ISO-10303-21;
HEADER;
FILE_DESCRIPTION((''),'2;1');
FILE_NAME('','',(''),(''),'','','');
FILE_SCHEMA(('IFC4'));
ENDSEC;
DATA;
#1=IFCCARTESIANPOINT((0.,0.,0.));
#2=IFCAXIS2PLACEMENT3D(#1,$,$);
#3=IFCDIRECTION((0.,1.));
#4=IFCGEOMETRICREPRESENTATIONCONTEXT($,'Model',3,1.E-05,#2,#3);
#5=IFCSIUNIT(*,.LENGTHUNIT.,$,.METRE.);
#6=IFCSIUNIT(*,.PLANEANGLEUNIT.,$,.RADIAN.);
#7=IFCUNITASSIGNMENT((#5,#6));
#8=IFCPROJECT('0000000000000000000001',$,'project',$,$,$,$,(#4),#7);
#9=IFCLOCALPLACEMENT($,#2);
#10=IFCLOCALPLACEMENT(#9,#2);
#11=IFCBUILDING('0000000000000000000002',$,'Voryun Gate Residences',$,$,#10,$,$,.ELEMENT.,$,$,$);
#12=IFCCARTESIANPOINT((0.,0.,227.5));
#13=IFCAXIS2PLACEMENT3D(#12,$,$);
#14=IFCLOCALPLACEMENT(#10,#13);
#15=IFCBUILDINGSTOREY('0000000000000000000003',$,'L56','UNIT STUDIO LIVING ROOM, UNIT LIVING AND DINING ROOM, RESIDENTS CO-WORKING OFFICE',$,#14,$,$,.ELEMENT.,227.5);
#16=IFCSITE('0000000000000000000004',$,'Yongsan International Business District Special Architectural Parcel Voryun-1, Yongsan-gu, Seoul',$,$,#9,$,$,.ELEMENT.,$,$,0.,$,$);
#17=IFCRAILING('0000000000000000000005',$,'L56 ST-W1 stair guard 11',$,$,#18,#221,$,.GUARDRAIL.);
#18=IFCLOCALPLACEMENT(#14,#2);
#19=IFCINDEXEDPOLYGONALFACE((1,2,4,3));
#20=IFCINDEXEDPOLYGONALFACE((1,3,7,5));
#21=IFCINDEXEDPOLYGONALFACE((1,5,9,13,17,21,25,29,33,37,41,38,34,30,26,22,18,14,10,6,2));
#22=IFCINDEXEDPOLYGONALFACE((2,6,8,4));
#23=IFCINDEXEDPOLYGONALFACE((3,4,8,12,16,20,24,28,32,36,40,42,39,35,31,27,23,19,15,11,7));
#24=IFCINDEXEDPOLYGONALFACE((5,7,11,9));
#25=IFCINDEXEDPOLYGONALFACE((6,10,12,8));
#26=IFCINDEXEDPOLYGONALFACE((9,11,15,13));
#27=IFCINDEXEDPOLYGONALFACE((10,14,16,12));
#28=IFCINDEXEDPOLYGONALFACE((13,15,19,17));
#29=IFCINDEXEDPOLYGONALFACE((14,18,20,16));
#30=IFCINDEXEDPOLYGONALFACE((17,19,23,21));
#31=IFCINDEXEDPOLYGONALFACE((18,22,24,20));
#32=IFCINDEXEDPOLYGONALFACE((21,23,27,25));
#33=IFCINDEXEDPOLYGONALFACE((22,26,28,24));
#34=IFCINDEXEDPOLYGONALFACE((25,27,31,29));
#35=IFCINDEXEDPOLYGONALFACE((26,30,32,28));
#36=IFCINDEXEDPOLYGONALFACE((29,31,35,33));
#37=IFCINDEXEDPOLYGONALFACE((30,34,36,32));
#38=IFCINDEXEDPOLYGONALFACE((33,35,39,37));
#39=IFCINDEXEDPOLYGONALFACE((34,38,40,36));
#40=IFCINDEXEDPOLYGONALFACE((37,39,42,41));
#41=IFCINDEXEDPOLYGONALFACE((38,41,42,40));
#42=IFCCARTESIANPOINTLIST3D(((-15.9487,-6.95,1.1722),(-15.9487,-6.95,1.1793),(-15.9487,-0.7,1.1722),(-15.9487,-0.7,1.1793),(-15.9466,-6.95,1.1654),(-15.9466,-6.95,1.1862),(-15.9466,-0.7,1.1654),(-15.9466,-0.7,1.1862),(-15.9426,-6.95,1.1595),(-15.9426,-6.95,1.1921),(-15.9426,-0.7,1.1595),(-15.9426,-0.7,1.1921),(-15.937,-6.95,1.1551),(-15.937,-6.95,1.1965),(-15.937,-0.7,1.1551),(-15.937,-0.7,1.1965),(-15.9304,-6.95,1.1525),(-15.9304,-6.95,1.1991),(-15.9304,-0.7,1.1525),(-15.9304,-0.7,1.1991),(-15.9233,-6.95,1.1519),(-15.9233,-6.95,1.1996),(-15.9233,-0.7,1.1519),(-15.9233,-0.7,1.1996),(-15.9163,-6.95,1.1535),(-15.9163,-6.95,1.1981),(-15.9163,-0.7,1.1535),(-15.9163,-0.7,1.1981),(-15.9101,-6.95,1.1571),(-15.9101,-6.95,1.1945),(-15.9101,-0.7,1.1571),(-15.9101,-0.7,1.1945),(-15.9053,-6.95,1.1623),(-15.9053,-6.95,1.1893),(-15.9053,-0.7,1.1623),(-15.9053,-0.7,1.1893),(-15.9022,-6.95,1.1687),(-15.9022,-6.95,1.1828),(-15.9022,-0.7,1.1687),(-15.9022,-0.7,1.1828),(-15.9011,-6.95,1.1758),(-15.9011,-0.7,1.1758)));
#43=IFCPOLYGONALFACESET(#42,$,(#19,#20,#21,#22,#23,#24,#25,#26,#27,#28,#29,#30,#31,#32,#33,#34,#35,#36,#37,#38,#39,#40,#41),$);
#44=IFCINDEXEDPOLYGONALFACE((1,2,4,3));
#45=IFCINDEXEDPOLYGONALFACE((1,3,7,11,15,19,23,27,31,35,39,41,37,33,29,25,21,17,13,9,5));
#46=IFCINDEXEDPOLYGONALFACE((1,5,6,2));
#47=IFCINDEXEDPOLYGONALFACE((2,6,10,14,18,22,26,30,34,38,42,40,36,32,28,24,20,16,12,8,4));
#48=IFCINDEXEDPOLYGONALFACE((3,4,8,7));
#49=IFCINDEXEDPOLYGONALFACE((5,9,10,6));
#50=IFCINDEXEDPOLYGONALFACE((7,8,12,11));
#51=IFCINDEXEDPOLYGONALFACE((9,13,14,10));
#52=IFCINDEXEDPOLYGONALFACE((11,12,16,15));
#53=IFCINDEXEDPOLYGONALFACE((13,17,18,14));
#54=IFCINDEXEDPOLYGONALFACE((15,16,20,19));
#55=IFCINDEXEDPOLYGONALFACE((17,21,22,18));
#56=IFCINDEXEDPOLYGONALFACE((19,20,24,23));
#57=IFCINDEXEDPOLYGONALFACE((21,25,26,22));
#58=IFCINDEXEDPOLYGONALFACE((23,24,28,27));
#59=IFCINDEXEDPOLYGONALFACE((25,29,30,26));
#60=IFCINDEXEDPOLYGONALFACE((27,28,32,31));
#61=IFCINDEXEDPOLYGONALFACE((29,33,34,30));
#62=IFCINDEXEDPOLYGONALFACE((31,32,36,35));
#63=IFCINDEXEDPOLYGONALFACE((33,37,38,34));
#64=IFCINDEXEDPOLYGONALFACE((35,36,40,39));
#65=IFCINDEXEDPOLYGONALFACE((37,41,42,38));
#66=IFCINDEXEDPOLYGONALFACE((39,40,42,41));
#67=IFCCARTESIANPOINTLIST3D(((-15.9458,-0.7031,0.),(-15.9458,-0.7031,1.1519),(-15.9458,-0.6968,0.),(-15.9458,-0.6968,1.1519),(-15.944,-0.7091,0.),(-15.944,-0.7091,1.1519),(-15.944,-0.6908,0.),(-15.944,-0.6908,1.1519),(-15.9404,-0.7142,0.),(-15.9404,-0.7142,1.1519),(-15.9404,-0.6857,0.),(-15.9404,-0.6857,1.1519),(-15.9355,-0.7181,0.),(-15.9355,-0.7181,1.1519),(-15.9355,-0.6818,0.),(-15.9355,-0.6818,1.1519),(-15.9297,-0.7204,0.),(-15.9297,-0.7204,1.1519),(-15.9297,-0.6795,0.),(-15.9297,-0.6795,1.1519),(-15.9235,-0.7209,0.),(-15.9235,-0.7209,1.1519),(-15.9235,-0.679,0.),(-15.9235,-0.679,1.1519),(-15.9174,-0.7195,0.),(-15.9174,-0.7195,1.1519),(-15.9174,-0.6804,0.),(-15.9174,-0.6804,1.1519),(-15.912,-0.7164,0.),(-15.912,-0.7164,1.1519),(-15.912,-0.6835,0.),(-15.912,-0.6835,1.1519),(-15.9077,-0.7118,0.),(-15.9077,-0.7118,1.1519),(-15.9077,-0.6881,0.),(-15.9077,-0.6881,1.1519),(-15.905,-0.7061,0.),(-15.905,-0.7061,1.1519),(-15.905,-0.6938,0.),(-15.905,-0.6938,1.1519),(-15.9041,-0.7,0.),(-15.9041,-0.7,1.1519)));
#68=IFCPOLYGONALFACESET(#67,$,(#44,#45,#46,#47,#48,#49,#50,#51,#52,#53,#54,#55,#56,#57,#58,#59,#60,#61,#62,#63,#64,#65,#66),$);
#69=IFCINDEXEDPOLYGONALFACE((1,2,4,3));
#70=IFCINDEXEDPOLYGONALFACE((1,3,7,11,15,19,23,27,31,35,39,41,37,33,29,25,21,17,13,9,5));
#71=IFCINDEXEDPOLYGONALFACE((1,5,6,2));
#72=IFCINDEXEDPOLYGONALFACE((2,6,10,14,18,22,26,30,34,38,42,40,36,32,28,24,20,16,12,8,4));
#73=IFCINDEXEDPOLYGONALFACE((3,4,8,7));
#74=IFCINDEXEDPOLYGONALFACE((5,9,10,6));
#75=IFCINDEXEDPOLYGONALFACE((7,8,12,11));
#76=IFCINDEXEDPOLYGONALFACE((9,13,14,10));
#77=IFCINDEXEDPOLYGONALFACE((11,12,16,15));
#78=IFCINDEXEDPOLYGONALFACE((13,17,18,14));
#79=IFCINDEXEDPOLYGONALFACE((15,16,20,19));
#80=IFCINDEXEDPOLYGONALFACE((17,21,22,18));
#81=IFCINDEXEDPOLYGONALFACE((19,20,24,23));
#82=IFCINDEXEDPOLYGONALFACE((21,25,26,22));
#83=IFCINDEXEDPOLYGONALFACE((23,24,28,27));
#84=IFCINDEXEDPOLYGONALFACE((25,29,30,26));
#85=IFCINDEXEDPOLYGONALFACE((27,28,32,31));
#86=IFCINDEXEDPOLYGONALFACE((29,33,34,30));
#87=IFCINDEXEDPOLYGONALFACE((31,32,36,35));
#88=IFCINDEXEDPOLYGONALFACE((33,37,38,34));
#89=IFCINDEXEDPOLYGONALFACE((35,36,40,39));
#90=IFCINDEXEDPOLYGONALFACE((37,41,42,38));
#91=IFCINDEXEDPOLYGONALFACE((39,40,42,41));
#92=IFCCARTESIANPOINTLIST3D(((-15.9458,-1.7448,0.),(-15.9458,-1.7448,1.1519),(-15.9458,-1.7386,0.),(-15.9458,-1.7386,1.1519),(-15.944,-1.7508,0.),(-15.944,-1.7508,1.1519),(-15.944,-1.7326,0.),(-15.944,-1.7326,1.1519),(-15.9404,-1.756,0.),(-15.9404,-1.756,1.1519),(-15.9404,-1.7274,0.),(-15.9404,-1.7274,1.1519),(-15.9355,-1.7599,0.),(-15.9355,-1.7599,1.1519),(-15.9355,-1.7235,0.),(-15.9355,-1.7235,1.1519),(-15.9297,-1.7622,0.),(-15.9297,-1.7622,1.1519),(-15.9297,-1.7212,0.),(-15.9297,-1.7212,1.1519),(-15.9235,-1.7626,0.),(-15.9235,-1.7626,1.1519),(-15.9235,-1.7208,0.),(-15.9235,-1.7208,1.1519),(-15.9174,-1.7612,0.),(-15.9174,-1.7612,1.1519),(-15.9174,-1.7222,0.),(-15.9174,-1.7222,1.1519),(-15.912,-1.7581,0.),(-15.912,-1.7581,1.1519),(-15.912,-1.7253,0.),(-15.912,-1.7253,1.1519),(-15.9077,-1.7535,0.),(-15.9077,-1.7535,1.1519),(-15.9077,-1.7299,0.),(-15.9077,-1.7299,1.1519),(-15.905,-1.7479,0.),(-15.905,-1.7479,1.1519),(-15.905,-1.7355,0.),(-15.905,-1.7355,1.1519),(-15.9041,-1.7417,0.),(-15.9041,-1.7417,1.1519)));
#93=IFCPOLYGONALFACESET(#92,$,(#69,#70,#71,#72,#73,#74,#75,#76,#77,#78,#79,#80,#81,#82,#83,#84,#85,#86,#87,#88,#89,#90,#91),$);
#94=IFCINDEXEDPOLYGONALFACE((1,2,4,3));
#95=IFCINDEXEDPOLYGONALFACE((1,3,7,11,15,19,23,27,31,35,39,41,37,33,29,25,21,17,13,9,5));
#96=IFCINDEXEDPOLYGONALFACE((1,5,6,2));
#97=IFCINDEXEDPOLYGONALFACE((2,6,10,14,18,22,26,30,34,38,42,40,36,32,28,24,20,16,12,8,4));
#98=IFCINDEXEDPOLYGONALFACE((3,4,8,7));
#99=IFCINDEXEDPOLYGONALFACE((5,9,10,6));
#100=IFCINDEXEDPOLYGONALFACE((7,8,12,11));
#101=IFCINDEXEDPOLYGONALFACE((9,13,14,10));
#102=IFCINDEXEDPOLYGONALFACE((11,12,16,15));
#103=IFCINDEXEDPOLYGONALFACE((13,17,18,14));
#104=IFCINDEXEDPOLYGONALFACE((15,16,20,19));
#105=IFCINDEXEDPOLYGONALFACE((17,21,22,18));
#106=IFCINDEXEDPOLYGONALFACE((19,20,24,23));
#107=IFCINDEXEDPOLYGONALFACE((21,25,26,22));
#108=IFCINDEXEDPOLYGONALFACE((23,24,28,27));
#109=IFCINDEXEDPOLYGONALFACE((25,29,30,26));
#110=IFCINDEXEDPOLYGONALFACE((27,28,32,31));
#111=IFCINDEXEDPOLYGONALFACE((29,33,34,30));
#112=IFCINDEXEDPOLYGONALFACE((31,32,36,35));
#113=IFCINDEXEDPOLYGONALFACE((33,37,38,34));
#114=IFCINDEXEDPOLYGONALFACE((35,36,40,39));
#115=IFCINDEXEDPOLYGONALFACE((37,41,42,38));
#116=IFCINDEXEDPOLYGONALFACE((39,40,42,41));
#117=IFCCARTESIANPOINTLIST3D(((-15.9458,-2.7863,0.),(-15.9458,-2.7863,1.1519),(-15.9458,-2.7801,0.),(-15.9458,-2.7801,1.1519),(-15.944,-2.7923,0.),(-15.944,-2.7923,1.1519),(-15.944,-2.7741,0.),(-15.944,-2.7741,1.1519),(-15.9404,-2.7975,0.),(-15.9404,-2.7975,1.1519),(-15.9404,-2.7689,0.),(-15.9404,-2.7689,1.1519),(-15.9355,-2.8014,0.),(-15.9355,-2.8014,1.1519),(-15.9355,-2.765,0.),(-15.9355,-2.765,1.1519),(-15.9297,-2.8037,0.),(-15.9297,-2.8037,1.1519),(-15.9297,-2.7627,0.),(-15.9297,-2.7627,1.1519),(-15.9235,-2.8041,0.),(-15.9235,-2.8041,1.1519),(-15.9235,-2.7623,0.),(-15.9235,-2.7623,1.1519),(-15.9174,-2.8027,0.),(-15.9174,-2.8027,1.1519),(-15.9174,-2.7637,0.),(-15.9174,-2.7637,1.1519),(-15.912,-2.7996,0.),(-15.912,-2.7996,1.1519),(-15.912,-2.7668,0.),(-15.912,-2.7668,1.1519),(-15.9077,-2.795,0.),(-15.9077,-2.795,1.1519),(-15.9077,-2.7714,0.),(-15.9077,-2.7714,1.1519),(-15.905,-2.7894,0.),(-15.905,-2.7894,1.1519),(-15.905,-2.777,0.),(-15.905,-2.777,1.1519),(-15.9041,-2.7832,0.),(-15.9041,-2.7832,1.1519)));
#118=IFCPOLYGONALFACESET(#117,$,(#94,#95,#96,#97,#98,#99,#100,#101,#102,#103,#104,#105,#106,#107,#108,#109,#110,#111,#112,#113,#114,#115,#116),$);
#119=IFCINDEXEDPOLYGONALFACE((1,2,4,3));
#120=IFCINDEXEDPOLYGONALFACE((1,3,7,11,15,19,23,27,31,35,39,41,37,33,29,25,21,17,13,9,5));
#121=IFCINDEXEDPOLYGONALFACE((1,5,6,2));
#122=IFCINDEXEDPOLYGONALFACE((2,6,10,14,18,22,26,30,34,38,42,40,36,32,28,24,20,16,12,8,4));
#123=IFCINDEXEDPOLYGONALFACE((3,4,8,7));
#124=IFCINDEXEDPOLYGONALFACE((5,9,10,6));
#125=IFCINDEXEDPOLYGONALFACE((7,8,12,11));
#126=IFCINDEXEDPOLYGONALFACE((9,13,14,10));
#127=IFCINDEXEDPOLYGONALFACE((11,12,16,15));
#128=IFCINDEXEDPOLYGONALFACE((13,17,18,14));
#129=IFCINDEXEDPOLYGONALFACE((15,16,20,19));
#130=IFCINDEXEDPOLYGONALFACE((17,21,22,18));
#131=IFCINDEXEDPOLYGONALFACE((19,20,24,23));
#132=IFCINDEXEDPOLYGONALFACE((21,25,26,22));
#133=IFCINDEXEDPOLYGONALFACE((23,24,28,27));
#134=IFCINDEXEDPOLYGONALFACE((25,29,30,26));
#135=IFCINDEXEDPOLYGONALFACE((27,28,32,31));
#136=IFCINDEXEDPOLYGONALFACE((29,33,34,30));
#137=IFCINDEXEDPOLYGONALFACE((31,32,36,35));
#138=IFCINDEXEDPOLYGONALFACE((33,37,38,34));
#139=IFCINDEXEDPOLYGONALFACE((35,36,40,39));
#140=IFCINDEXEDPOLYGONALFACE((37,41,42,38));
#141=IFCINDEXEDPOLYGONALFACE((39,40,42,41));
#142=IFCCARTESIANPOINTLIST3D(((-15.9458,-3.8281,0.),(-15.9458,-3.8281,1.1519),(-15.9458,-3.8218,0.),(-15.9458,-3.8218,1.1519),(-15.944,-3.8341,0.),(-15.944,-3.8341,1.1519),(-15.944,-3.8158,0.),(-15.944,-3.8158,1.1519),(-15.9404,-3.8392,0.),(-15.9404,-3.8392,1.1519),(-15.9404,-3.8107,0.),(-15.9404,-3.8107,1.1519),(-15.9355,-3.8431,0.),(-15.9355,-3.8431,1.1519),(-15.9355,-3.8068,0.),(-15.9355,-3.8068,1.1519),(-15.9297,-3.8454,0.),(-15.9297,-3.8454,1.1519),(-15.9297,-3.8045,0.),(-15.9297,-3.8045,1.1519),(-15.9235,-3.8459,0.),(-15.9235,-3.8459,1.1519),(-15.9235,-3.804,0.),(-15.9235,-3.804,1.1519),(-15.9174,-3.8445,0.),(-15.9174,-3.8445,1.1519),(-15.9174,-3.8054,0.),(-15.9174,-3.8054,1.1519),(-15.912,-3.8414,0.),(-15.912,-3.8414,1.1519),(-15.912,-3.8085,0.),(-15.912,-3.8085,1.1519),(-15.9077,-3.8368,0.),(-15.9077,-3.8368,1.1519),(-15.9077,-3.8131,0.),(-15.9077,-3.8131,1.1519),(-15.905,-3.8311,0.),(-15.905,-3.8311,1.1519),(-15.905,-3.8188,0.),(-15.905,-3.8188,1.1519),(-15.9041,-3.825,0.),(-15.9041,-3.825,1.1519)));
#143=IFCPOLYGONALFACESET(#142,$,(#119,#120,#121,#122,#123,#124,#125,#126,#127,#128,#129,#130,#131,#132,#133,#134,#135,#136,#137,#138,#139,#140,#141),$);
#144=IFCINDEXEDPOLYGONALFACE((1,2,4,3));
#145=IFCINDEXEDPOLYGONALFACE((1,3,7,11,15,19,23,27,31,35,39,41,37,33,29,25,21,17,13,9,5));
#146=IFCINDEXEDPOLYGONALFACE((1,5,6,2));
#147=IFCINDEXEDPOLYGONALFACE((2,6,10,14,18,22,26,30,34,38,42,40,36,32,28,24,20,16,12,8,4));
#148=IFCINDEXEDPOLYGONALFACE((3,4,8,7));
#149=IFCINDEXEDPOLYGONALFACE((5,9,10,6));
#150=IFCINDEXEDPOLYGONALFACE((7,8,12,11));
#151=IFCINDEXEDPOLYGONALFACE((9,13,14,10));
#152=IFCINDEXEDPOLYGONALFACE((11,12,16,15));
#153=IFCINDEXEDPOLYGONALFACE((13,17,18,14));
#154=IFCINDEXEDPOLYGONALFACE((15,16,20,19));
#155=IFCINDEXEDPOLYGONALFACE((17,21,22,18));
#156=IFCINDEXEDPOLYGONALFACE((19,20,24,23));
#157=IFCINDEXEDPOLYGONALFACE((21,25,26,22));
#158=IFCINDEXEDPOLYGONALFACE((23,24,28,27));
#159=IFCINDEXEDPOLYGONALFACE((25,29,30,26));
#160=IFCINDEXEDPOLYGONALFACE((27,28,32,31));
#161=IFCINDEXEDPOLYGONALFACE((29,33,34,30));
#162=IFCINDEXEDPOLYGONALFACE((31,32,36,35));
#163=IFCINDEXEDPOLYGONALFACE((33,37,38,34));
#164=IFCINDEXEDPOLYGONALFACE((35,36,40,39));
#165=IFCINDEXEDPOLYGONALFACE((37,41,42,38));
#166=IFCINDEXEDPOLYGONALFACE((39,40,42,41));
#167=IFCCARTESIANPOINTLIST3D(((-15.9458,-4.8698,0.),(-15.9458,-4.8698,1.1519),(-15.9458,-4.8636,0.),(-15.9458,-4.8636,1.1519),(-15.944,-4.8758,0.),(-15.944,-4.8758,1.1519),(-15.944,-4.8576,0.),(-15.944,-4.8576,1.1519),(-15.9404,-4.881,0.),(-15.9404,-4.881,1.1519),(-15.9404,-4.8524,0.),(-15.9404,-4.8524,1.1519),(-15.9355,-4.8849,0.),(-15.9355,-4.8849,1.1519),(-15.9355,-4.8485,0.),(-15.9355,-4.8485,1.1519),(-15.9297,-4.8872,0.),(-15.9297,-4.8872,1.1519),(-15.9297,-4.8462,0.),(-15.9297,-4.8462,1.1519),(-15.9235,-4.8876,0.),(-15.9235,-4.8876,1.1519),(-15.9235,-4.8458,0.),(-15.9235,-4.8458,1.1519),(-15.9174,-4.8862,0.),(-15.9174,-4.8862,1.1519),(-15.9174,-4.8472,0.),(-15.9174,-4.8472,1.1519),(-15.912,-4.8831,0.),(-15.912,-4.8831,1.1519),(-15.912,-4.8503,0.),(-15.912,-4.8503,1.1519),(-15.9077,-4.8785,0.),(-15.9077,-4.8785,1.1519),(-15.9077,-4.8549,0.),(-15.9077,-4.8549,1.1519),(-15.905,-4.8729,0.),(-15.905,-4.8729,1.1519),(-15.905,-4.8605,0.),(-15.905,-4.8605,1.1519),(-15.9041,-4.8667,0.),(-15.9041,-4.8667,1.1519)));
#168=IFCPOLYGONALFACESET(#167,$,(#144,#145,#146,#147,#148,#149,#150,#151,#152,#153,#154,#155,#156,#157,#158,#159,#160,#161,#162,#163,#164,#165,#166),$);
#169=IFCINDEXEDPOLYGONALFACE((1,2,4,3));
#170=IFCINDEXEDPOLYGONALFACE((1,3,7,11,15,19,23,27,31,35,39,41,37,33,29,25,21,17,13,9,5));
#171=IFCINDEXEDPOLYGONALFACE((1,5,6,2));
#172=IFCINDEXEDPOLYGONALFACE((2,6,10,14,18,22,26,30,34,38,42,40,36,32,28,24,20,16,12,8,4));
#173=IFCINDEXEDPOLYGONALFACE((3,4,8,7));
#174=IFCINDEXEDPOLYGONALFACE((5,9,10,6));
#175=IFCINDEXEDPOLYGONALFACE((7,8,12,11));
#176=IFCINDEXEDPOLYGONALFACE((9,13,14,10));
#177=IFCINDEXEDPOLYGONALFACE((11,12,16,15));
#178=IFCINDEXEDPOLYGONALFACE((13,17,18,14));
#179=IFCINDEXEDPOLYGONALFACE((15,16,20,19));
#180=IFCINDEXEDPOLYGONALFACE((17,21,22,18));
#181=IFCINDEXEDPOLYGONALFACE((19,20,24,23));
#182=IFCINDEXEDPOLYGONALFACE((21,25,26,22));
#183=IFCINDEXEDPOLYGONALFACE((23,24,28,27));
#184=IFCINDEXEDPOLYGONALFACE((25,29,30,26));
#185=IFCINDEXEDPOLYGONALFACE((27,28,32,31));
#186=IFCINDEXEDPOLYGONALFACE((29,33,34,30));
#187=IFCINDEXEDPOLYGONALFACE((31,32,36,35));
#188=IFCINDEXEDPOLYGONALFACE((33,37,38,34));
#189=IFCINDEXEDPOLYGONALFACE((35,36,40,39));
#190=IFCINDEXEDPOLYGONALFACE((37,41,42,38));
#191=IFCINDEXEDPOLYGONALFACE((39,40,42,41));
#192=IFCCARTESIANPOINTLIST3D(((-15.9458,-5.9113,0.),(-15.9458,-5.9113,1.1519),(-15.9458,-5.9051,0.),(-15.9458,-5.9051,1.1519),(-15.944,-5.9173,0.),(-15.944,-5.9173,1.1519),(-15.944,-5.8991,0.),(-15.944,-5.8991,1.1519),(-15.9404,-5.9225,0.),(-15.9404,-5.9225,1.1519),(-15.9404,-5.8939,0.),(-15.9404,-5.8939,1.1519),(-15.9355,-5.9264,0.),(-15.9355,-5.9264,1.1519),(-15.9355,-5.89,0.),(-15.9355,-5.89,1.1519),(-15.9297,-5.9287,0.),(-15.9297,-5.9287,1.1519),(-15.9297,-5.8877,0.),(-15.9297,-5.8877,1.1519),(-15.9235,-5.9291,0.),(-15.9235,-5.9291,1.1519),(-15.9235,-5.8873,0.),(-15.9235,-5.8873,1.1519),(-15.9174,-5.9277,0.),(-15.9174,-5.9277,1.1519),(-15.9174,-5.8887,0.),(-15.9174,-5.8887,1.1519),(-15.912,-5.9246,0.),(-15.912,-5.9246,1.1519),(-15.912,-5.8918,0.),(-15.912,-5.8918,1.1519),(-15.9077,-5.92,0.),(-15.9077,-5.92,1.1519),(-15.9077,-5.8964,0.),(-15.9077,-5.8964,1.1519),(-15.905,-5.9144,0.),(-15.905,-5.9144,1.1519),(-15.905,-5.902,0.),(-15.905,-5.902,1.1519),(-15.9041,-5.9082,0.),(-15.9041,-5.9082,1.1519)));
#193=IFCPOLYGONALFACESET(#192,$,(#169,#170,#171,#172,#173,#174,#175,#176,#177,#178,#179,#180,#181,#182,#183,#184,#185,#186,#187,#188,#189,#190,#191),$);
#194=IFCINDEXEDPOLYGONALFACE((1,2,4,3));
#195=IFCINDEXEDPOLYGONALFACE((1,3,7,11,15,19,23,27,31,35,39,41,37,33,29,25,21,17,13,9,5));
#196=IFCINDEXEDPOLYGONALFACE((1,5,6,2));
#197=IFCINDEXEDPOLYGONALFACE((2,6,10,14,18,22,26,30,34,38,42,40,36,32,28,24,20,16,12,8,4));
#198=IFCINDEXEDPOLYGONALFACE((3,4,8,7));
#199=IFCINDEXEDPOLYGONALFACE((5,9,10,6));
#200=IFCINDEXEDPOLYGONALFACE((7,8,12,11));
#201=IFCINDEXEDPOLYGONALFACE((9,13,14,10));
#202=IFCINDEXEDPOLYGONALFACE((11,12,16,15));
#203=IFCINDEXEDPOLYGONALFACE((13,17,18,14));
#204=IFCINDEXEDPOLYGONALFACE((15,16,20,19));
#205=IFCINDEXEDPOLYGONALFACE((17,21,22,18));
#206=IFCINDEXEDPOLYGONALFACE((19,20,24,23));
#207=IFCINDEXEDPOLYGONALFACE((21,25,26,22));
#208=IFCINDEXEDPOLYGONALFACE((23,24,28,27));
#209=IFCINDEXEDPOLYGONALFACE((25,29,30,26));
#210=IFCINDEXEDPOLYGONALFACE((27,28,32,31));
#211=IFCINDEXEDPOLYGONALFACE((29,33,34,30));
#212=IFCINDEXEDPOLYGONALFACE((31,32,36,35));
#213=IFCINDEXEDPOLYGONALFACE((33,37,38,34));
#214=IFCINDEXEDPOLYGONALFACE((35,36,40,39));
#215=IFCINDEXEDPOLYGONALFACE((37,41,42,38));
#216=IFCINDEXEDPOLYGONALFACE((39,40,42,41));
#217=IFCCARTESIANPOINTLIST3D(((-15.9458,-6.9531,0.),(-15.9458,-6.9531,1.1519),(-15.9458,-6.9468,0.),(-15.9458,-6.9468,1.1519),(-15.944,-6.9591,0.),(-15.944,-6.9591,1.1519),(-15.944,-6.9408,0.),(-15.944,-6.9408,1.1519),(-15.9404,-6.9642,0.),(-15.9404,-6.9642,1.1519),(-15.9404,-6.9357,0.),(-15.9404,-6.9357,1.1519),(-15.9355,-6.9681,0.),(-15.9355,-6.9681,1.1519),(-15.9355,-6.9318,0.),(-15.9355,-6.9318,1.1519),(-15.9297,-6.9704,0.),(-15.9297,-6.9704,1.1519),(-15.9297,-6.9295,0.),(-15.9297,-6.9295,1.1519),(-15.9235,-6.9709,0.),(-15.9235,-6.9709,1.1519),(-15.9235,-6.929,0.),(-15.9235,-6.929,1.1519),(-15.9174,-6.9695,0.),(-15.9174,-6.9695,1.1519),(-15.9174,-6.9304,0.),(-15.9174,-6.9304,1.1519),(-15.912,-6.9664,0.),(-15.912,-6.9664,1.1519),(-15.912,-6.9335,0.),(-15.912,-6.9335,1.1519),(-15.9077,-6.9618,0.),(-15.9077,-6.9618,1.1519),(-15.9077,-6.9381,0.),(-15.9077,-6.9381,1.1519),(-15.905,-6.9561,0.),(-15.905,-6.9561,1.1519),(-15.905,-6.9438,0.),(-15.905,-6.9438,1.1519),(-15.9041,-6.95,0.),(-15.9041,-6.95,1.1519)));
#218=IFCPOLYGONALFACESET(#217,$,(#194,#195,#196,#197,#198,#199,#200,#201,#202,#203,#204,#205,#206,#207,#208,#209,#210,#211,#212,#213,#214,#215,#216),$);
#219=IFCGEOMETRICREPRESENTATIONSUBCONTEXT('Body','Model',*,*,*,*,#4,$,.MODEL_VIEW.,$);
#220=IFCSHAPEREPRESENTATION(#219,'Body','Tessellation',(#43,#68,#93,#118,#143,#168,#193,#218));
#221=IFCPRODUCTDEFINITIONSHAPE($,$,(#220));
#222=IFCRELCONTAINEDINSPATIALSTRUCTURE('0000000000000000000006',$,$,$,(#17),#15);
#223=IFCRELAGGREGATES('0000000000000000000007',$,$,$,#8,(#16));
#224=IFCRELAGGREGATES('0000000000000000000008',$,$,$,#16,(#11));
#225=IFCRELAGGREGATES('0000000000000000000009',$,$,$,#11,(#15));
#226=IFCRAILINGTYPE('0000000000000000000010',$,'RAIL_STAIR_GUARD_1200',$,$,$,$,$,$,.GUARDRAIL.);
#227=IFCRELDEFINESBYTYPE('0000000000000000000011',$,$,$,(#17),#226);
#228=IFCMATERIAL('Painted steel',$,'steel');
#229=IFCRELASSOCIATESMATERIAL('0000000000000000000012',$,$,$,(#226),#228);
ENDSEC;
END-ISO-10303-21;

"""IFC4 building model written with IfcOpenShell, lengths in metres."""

from ifc_helpers import new_model, si_unit, direction, frame, origin, origin_2d, place, context, subcontext, project, spatial, circle, extrude, material, type_object, element, save


model = new_model("IFC4")

# Units and contexts
model_context = context("Model", 3, precision=1e-05, world=origin(), true_north=direction((0.0, 1.0)))
body_context = subcontext(model_context, "Body", "Model", "MODEL_VIEW")
ifc_project = project(units=[si_unit("LENGTHUNIT", "METRE"), si_unit("PLANEANGLEUNIT", "RADIAN")], contexts=[model_context])

# Site, building, storey
site_placement = place(None, origin())
site = spatial("IfcSite", under=ifc_project, at=site_placement, Name="Yongsan International Business District Special Architectural Parcel Voryun-1, Yongsan-gu, Seoul", CompositionType="ELEMENT", RefElevation=0.0)
building_placement = place(site_placement, origin())
building = spatial("IfcBuilding", under=site, at=building_placement, Name="Voryun Gate Residences", CompositionType="ELEMENT")
storey_placement = place(building_placement, frame((0.0, 0.0, 227.5)))
storey = spatial("IfcBuildingStorey", under=building, at=storey_placement, Name="L56", Description="UNIT STUDIO LIVING ROOM, UNIT LIVING AND DINING ROOM, RESIDENTS CO-WORKING OFFICE", CompositionType="ELEMENT", Elevation=227.5)

# Railing
ifc_material_1 = material(Name="Painted steel", Category="steel")
railing_type = type_object("IfcRailingType", Name="RAIL_STAIR_GUARD_1200", PredefinedType="GUARDRAIL", material=ifc_material_1)
railing_1_placement = place(storey_placement, frame((-15.925, -0.7, 0.0)))
element("IfcRailing", 1, at=railing_1_placement, inside=storey, type_object=railing_type, Name="L56 ST-W1 stair guard 11", PredefinedType="GUARDRAIL", context=body_context, shape_type="SweptSolid", body=[
    extrude(circle(Radius=0.0239, at=origin_2d()), frame((0.0, 0.0, 1.1758), z_axis=(0.0, -1.0, 0.0), x_axis=(1.0, 0.0, 0.0)), (0.0, 0.0, 1.0), 6.25),
    extrude(circle(Radius=0.021, at=origin_2d()), origin(), (0.0, 0.0, 1.0), 1.1519),
    extrude(circle(Radius=0.021, at=origin_2d()), frame((0.0, -1.0417, 0.0)), (0.0, 0.0, 1.0), 1.1519),
    extrude(circle(Radius=0.021, at=origin_2d()), frame((0.0, -2.0833, 0.0)), (0.0, 0.0, 1.0), 1.1519),
    extrude(circle(Radius=0.021, at=origin_2d()), frame((0.0, -3.125, 0.0)), (0.0, 0.0, 1.0), 1.1519),
    extrude(circle(Radius=0.021, at=origin_2d()), frame((0.0, -4.1667, 0.0)), (0.0, 0.0, 1.0), 1.1519),
    extrude(circle(Radius=0.021, at=origin_2d()), frame((0.0, -5.2083, 0.0)), (0.0, 0.0, 1.0), 1.1519),
    extrude(circle(Radius=0.021, at=origin_2d()), frame((0.0, -6.25, 0.0)), (0.0, 0.0, 1.0), 1.1519),
])

save(model, "model.ifc")
